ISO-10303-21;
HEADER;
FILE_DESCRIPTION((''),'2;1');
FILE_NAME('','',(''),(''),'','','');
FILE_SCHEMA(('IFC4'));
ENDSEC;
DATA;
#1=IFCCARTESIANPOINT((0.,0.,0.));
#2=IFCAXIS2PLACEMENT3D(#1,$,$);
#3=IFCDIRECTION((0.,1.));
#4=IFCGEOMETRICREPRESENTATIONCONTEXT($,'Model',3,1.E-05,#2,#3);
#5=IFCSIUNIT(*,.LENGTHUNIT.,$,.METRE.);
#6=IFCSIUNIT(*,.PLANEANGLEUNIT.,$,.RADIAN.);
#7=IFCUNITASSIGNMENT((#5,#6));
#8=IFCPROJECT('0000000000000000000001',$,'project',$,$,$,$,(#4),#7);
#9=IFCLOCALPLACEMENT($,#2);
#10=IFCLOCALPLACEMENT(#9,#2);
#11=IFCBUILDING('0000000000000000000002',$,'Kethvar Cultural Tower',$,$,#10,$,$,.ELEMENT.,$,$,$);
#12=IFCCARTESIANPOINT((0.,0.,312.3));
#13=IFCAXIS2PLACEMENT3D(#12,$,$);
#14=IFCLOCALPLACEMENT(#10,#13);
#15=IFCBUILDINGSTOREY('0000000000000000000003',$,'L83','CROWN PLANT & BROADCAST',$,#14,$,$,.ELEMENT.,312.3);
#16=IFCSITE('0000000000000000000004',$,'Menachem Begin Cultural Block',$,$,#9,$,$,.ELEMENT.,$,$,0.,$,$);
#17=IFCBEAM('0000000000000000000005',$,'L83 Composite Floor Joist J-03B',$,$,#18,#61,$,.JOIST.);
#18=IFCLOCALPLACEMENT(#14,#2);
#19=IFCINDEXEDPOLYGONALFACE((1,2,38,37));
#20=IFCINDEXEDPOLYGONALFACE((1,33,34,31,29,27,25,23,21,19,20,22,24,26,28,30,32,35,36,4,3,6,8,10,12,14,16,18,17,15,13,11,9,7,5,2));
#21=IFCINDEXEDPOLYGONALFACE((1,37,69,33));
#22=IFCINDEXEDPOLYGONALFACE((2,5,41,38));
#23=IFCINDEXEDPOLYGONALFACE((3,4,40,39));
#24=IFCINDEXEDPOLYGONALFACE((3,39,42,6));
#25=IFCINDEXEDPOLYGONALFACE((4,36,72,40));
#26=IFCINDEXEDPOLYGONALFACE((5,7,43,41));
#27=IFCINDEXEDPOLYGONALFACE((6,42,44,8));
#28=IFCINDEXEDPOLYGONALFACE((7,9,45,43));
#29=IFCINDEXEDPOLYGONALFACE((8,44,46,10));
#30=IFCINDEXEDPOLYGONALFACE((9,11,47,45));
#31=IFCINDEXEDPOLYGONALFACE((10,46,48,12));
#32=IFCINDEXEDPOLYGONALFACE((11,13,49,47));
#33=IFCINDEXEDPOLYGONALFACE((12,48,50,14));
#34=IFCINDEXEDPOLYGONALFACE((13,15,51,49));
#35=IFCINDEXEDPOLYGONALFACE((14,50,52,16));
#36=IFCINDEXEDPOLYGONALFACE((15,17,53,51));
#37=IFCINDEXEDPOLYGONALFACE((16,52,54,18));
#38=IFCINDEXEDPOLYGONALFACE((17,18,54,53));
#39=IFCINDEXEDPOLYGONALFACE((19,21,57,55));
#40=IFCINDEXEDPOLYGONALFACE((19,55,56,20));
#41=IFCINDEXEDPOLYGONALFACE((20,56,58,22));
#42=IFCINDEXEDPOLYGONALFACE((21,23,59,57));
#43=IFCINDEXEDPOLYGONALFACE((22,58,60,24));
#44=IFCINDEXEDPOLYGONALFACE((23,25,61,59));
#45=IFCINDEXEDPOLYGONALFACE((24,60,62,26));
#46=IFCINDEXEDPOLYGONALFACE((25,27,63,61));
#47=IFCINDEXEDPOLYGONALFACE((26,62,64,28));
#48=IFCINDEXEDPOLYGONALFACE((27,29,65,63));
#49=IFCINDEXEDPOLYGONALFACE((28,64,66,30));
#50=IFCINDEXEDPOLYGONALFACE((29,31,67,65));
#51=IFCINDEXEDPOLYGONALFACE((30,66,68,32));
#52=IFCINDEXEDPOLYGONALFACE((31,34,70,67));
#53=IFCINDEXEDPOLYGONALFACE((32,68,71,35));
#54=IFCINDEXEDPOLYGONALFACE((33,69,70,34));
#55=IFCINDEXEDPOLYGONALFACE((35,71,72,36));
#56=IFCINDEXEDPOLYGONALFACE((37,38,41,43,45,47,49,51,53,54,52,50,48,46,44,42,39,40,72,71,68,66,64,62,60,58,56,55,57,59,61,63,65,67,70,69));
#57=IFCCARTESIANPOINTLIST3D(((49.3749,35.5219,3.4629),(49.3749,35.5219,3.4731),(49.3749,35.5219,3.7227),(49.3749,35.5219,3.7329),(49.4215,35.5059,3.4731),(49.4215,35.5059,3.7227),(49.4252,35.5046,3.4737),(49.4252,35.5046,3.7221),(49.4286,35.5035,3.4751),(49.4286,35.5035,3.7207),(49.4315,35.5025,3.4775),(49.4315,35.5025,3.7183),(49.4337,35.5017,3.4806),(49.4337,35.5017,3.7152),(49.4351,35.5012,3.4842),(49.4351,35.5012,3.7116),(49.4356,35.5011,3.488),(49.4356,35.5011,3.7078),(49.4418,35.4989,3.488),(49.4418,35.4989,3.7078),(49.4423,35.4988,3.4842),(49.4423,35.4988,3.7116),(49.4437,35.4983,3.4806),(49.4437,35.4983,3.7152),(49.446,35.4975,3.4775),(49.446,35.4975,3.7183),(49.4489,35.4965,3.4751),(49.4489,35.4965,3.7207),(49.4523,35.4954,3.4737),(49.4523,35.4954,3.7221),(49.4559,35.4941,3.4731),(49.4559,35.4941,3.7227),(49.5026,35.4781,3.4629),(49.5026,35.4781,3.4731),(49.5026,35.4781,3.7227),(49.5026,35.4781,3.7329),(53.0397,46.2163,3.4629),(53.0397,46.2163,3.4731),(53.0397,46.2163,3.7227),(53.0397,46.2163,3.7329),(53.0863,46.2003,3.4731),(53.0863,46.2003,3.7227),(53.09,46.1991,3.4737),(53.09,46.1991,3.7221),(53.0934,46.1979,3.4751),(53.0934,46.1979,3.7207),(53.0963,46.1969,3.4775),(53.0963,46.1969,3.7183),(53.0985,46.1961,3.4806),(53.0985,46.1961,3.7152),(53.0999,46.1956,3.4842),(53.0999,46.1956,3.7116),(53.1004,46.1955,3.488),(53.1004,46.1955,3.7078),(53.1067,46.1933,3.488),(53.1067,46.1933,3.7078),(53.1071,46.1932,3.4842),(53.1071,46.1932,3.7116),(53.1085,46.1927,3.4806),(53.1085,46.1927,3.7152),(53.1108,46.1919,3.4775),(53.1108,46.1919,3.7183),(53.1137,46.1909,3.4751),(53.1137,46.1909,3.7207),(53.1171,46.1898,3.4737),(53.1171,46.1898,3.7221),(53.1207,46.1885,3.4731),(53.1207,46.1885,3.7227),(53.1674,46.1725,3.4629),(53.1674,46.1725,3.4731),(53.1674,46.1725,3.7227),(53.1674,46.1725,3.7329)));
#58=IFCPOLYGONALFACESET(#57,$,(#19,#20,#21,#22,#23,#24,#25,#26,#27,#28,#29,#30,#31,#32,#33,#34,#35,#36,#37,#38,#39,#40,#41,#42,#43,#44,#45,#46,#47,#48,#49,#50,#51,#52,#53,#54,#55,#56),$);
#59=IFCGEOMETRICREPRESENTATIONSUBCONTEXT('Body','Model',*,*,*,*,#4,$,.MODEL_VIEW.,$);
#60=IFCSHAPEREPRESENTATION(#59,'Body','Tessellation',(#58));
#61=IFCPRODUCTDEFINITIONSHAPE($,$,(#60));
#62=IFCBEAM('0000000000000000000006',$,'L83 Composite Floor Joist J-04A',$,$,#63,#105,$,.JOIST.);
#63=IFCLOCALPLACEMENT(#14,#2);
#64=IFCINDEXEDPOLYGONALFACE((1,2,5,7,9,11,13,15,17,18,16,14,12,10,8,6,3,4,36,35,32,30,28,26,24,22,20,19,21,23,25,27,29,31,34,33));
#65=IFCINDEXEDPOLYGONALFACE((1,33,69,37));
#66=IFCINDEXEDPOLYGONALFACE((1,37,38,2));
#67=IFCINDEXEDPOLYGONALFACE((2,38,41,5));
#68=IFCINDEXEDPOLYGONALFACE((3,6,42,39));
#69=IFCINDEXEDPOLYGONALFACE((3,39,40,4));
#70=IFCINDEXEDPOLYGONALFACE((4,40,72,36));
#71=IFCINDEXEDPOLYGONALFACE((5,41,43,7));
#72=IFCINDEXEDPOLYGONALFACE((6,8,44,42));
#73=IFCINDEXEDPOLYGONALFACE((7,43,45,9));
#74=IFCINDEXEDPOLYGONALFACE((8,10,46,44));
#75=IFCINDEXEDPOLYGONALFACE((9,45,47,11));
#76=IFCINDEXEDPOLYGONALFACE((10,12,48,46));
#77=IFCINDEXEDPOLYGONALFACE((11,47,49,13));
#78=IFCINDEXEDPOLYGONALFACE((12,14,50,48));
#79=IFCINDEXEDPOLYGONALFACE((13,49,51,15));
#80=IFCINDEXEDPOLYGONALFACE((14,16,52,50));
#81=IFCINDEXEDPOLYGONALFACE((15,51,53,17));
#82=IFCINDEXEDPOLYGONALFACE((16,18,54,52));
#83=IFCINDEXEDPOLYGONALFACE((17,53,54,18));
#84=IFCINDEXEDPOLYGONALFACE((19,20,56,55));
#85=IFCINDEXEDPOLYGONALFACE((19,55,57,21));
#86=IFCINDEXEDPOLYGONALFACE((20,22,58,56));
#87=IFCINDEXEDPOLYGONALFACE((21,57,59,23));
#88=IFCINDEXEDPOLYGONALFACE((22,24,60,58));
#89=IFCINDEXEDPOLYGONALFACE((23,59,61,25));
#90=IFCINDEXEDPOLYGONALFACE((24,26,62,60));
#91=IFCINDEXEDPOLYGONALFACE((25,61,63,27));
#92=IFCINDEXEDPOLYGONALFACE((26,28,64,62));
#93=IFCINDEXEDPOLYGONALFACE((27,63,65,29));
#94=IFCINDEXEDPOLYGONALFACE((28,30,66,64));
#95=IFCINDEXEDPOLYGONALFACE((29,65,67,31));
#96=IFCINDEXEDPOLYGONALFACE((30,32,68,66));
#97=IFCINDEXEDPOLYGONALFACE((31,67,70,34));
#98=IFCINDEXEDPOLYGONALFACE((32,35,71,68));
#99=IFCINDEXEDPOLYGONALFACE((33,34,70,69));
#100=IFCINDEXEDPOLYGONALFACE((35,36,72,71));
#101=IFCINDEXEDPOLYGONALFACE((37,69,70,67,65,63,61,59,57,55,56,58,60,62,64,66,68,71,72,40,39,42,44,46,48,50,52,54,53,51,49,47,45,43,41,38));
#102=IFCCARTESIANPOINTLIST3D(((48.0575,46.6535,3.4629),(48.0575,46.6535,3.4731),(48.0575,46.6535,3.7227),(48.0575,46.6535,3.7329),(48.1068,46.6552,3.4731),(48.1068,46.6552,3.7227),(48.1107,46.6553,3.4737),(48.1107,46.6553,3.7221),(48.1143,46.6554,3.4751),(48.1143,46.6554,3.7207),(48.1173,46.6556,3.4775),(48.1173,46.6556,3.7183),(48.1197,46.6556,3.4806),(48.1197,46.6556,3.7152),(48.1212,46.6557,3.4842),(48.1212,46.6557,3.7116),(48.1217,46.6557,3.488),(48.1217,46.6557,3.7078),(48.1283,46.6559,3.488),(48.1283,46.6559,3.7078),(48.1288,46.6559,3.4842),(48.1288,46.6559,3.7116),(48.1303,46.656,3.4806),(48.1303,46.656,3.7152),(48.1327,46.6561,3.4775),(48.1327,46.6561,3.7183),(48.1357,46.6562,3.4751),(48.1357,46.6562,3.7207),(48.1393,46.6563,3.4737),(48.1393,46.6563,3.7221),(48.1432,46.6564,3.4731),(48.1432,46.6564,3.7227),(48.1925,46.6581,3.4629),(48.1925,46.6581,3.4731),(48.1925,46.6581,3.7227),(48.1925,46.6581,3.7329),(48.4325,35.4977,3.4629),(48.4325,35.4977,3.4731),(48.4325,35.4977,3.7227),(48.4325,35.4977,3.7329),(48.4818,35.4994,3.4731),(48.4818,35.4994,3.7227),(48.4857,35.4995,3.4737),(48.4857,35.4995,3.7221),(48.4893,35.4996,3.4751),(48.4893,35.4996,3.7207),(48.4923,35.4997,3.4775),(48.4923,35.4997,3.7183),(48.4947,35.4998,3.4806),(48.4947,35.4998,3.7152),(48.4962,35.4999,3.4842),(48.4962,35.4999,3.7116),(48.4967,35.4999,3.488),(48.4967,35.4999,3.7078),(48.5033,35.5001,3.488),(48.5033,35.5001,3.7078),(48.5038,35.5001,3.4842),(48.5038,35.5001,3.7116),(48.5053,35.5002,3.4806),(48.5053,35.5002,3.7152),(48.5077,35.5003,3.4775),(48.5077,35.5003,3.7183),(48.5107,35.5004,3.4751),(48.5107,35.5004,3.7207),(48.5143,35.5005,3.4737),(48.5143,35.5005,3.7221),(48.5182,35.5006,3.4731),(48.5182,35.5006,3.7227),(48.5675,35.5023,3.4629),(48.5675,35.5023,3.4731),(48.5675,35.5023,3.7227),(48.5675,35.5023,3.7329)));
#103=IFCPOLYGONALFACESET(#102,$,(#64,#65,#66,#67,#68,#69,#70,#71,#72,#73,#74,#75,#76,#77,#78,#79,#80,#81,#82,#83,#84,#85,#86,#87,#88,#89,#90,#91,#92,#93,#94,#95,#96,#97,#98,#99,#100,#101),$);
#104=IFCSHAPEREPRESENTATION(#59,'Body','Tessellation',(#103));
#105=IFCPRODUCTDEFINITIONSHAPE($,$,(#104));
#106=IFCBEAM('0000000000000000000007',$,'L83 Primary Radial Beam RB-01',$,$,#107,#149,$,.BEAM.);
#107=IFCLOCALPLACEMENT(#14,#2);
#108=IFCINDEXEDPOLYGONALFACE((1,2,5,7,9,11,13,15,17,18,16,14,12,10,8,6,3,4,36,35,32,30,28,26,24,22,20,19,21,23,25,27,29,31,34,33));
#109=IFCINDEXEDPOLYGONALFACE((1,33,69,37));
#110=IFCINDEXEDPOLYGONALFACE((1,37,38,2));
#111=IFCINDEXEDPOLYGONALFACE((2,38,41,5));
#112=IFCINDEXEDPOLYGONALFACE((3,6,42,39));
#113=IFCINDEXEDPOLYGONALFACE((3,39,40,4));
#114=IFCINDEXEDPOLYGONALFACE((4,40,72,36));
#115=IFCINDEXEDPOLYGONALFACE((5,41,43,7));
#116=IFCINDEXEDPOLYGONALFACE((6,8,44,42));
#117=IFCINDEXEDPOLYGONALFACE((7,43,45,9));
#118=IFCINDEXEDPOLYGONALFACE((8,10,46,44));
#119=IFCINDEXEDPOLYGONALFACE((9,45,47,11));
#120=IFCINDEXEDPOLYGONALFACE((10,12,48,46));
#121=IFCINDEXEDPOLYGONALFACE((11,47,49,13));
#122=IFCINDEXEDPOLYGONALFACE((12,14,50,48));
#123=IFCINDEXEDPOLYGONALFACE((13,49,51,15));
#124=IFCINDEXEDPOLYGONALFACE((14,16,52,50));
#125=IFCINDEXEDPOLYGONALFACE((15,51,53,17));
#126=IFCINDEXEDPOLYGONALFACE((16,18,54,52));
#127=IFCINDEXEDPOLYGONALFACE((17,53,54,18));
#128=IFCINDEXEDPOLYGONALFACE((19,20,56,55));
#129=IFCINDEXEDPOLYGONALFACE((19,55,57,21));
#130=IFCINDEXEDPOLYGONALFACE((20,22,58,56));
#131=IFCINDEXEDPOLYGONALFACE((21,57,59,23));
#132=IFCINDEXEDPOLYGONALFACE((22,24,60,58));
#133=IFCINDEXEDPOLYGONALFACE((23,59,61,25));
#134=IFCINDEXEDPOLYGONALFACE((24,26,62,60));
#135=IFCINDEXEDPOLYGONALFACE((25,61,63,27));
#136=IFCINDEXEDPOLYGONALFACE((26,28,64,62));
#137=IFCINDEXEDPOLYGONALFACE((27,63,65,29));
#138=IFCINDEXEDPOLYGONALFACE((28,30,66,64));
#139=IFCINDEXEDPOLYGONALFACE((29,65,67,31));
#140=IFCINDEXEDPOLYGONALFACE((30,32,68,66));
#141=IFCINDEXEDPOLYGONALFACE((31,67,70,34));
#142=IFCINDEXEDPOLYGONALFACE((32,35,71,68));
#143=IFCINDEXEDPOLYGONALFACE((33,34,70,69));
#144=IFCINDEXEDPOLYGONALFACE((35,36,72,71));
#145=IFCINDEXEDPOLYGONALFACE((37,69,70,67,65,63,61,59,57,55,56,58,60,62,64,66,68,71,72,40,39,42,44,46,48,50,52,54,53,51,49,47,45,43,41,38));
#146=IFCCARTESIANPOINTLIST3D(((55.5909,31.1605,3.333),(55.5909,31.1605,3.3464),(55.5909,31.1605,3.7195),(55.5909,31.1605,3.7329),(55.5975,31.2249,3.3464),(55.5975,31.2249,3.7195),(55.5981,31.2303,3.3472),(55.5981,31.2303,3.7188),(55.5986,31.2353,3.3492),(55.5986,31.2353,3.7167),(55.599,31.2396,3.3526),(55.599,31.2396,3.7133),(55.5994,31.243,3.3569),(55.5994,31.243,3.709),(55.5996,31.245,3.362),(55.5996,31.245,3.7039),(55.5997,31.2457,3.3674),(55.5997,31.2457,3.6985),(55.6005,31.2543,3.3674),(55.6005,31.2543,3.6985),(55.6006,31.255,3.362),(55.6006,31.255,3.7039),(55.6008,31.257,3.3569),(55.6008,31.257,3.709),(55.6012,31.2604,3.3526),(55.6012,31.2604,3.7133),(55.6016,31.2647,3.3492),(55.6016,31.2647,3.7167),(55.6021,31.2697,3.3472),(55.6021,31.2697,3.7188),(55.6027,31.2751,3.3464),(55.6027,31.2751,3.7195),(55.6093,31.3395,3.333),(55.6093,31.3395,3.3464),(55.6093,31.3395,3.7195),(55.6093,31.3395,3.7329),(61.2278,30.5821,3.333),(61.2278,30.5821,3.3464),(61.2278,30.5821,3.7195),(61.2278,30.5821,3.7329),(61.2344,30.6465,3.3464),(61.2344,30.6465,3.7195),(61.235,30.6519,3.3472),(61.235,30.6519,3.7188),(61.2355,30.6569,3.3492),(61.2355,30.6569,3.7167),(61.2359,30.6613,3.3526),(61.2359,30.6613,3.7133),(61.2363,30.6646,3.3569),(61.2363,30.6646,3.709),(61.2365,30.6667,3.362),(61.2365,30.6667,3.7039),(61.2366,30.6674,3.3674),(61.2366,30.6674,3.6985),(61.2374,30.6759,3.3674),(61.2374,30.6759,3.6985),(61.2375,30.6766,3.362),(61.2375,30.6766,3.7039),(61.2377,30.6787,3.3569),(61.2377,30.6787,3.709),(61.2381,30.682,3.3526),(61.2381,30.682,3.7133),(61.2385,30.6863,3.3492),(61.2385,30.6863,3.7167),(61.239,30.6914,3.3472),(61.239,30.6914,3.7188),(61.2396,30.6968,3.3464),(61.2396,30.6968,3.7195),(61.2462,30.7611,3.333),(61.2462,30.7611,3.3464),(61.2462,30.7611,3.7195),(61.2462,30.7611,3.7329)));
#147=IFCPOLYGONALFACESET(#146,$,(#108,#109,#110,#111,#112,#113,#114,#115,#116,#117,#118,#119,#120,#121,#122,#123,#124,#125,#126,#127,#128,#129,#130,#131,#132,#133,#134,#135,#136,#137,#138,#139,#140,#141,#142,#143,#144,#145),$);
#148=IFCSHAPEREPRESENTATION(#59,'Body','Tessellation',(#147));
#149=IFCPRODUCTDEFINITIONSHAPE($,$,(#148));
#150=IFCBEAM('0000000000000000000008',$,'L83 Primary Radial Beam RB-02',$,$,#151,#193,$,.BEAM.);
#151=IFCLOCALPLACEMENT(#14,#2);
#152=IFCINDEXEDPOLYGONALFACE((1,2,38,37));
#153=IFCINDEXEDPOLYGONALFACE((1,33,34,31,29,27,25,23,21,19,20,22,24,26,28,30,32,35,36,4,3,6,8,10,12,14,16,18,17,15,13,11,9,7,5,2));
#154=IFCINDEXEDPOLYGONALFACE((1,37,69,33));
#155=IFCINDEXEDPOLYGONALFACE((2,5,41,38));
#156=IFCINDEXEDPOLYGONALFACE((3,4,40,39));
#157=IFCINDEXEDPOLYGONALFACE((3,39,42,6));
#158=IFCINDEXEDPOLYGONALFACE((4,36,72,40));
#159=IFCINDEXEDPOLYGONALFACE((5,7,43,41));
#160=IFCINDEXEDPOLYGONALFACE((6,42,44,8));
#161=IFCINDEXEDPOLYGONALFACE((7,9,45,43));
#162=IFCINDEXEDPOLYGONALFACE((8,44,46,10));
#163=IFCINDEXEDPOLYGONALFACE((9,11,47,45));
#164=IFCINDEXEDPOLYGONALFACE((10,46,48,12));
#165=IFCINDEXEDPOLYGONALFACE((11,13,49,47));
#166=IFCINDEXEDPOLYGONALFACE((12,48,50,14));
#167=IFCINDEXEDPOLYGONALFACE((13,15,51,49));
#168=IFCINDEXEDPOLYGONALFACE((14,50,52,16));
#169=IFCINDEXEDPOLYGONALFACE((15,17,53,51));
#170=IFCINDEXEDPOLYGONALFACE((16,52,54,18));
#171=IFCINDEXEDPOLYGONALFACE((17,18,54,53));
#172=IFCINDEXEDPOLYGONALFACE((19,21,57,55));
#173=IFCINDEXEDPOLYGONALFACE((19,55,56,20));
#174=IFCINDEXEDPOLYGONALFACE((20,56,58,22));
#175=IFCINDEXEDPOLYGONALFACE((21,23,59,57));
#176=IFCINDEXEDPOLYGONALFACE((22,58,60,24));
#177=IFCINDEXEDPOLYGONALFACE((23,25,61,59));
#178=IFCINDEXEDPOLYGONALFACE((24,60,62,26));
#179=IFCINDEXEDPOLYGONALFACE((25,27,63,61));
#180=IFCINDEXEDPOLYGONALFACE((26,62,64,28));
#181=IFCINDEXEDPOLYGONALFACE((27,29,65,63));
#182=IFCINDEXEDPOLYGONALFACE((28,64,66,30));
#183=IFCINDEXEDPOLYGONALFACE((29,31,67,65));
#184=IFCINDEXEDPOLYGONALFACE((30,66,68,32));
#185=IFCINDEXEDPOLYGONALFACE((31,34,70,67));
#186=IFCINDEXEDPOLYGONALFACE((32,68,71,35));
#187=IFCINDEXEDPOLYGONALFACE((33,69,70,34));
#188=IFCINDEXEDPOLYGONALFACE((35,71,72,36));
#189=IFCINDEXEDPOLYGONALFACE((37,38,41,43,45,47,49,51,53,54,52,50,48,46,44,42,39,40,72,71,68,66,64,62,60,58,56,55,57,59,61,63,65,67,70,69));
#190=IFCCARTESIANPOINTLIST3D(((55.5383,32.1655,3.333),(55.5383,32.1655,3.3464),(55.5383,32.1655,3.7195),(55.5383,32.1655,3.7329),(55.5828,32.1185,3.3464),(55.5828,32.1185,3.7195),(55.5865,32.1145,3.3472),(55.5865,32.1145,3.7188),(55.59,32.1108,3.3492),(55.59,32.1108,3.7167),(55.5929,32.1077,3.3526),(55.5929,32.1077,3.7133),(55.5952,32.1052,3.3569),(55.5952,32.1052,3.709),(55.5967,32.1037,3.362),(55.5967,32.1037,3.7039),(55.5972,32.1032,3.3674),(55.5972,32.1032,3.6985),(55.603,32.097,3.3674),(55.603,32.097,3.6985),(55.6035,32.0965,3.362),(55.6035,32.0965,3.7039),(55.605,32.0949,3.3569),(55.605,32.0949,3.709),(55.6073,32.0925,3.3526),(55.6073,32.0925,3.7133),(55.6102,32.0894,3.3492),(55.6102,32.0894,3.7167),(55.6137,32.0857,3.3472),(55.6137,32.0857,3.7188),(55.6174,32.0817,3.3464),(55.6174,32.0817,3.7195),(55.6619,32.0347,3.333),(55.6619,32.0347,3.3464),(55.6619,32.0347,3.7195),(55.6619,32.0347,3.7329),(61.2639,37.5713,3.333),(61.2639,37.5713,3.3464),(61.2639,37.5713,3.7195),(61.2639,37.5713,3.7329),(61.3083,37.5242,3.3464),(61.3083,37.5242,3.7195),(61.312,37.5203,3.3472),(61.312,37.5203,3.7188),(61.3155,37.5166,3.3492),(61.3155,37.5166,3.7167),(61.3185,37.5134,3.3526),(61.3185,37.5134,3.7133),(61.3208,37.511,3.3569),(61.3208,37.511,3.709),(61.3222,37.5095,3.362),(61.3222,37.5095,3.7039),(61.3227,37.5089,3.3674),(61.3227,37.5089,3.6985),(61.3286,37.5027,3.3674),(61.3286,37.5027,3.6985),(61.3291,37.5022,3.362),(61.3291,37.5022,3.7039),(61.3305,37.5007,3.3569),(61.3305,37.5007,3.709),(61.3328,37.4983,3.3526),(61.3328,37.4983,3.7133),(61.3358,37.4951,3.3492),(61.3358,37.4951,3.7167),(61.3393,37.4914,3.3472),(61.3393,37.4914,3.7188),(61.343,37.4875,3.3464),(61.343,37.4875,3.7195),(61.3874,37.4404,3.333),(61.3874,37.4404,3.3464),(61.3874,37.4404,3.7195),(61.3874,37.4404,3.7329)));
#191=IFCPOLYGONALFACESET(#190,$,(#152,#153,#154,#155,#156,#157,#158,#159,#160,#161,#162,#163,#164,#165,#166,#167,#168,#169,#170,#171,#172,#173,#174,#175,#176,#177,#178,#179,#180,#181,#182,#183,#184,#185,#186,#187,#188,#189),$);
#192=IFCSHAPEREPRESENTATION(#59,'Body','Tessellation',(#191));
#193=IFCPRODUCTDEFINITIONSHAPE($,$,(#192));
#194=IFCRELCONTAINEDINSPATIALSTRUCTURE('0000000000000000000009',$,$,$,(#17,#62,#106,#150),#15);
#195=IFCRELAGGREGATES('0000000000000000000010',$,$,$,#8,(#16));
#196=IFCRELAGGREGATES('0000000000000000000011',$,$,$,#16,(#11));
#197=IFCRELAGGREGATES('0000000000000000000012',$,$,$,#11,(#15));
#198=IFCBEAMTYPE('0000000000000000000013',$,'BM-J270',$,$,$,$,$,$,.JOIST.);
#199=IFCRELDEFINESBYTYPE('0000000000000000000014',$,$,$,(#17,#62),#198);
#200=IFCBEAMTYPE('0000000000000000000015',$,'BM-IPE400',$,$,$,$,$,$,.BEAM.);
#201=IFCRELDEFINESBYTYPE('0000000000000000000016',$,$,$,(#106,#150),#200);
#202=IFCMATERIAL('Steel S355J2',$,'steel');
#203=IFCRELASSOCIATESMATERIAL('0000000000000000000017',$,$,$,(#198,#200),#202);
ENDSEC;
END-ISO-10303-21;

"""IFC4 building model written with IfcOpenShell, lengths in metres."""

from ifc_helpers import new_model, si_unit, direction, frame, origin, origin_2d, place, context, subcontext, project, spatial, i_section, extrude, source, transform, mapped, material, material_profile, profile_set, type_object, element, save


model = new_model("IFC4")

# Units and contexts
model_context = context("Model", 3, precision=1e-05, world=origin(), true_north=direction((0.0, 1.0)))
body_context = subcontext(model_context, "Body", "Model", "MODEL_VIEW")
ifc_project = project(units=[si_unit("LENGTHUNIT", "METRE"), si_unit("PLANEANGLEUNIT", "RADIAN")], contexts=[model_context])

# Site, building, storey
site_placement = place(None, origin())
site = spatial("IfcSite", under=ifc_project, at=site_placement, Name="Menachem Begin Cultural Block", CompositionType="ELEMENT", RefElevation=0.0)
building_placement = place(site_placement, origin())
building = spatial("IfcBuilding", under=site, at=building_placement, Name="Kethvar Cultural Tower", CompositionType="ELEMENT")
storey_placement = place(building_placement, frame((0.0, 0.0, 312.3)))
storey = spatial("IfcBuildingStorey", under=building, at=storey_placement, Name="L83", Description="CROWN PLANT & BROADCAST", CompositionType="ELEMENT", Elevation=312.3)

# Beams
ifc_material_1 = material(Name="Steel S355J2", Category="steel")
ifc_material_profile_1 = material_profile(ifc_material_1, i_section(OverallWidth=0.135, OverallDepth=0.27, WebThickness=0.0066, FlangeThickness=0.0103, FilletRadius=0.0149, at=origin_2d()), Name="Steel S355J2 — IPE270")
ifc_profile_set_1 = profile_set([ifc_material_profile_1], Name="Steel S355J2 — IPE270")
beam_type_1 = type_object("IfcBeamType", Name="BM-J270", PredefinedType="JOIST", material=ifc_profile_set_1)
shared_shape_1 = source(origin(), body_context, "Body", "SweptSolid", [
    extrude(i_section(OverallWidth=0.135, OverallDepth=0.27, WebThickness=0.0066, FlangeThickness=0.0103, FilletRadius=0.0149, at=origin_2d()), origin(), (0.0, 0.0, 1.0), 11.3049),
])
beam_1_placement = place(storey_placement, frame((49.4387, 35.5, 3.5979), z_axis=(0.324179, 0.945996, 0.0), x_axis=(-0.945996, 0.324179, 0.0)))
element("IfcBeam", 1, at=beam_1_placement, inside=storey, type_object=beam_type_1, Name="L83 Composite Floor Joist J-03B", PredefinedType="JOIST", context=body_context, shape_type="MappedRepresentation", body=[
    mapped(shared_shape_1, transform((0.0, 0.0, 0.0), scale=1.0)),
])
shared_shape_2 = source(origin(), body_context, "Body", "SweptSolid", [
    extrude(i_section(OverallWidth=0.135, OverallDepth=0.27, WebThickness=0.0066, FlangeThickness=0.0103, FilletRadius=0.0149, at=origin_2d()), origin(), (0.0, 0.0, 1.0), 11.1621),
])
beam_2_placement = place(storey_placement, frame((48.5, 35.5, 3.5979), z_axis=(-0.033596, 0.999435, 0.0), x_axis=(-0.999435, -0.033596, 0.0)))
element("IfcBeam", 2, at=beam_2_placement, inside=storey, type_object=beam_type_1, Name="L83 Composite Floor Joist J-04A", PredefinedType="JOIST", context=body_context, shape_type="MappedRepresentation", body=[
    mapped(shared_shape_2, transform((0.0, 0.0, 0.0), scale=1.0)),
])
ifc_material_profile_2 = material_profile(ifc_material_1, i_section(OverallWidth=0.1799, OverallDepth=0.3999, WebThickness=0.0085, FlangeThickness=0.0134, FilletRadius=0.021, at=origin_2d()), Name="Steel S355J2 — IPE400")
ifc_profile_set_2 = profile_set([ifc_material_profile_2], Name="Steel S355J2 — IPE400")
beam_type_2 = type_object("IfcBeamType", Name="BM-IPE400", PredefinedType="BEAM", material=ifc_profile_set_2)
shared_shape_3 = source(origin(), body_context, "Body", "SweptSolid", [
    extrude(i_section(OverallWidth=0.1799, OverallDepth=0.3999, WebThickness=0.0085, FlangeThickness=0.0134, FilletRadius=0.021, at=origin_2d()), origin(), (0.0, 0.0, 1.0), 5.6665),
])
beam_3_placement = place(storey_placement, frame((55.6001, 31.25, 3.533), z_axis=(0.994778, -0.102067, 0.0), x_axis=(0.102067, 0.994778, 0.0)))
element("IfcBeam", 3, at=beam_3_placement, inside=storey, type_object=beam_type_2, Name="L83 Primary Radial Beam RB-01", PredefinedType="BEAM", context=body_context, shape_type="MappedRepresentation", body=[
    mapped(shared_shape_3, transform((0.0, 0.0, 0.0), scale=1.0)),
])
shared_shape_4 = source(origin(), body_context, "Body", "SweptSolid", [
    extrude(i_section(OverallWidth=0.1799, OverallDepth=0.3999, WebThickness=0.0085, FlangeThickness=0.0134, FilletRadius=0.021, at=origin_2d()), origin(), (0.0, 0.0, 1.0), 7.8743),
])
beam_4_placement = place(storey_placement, frame((55.6001, 32.1001, 3.533), z_axis=(0.727123, 0.686507, 0.0), x_axis=(-0.686507, 0.727123, 0.0)))
element("IfcBeam", 4, at=beam_4_placement, inside=storey, type_object=beam_type_2, Name="L83 Primary Radial Beam RB-02", PredefinedType="BEAM", context=body_context, shape_type="MappedRepresentation", body=[
    mapped(shared_shape_4, transform((0.0, 0.0, 0.0), scale=1.0)),
])

save(model, "model.ifc")
